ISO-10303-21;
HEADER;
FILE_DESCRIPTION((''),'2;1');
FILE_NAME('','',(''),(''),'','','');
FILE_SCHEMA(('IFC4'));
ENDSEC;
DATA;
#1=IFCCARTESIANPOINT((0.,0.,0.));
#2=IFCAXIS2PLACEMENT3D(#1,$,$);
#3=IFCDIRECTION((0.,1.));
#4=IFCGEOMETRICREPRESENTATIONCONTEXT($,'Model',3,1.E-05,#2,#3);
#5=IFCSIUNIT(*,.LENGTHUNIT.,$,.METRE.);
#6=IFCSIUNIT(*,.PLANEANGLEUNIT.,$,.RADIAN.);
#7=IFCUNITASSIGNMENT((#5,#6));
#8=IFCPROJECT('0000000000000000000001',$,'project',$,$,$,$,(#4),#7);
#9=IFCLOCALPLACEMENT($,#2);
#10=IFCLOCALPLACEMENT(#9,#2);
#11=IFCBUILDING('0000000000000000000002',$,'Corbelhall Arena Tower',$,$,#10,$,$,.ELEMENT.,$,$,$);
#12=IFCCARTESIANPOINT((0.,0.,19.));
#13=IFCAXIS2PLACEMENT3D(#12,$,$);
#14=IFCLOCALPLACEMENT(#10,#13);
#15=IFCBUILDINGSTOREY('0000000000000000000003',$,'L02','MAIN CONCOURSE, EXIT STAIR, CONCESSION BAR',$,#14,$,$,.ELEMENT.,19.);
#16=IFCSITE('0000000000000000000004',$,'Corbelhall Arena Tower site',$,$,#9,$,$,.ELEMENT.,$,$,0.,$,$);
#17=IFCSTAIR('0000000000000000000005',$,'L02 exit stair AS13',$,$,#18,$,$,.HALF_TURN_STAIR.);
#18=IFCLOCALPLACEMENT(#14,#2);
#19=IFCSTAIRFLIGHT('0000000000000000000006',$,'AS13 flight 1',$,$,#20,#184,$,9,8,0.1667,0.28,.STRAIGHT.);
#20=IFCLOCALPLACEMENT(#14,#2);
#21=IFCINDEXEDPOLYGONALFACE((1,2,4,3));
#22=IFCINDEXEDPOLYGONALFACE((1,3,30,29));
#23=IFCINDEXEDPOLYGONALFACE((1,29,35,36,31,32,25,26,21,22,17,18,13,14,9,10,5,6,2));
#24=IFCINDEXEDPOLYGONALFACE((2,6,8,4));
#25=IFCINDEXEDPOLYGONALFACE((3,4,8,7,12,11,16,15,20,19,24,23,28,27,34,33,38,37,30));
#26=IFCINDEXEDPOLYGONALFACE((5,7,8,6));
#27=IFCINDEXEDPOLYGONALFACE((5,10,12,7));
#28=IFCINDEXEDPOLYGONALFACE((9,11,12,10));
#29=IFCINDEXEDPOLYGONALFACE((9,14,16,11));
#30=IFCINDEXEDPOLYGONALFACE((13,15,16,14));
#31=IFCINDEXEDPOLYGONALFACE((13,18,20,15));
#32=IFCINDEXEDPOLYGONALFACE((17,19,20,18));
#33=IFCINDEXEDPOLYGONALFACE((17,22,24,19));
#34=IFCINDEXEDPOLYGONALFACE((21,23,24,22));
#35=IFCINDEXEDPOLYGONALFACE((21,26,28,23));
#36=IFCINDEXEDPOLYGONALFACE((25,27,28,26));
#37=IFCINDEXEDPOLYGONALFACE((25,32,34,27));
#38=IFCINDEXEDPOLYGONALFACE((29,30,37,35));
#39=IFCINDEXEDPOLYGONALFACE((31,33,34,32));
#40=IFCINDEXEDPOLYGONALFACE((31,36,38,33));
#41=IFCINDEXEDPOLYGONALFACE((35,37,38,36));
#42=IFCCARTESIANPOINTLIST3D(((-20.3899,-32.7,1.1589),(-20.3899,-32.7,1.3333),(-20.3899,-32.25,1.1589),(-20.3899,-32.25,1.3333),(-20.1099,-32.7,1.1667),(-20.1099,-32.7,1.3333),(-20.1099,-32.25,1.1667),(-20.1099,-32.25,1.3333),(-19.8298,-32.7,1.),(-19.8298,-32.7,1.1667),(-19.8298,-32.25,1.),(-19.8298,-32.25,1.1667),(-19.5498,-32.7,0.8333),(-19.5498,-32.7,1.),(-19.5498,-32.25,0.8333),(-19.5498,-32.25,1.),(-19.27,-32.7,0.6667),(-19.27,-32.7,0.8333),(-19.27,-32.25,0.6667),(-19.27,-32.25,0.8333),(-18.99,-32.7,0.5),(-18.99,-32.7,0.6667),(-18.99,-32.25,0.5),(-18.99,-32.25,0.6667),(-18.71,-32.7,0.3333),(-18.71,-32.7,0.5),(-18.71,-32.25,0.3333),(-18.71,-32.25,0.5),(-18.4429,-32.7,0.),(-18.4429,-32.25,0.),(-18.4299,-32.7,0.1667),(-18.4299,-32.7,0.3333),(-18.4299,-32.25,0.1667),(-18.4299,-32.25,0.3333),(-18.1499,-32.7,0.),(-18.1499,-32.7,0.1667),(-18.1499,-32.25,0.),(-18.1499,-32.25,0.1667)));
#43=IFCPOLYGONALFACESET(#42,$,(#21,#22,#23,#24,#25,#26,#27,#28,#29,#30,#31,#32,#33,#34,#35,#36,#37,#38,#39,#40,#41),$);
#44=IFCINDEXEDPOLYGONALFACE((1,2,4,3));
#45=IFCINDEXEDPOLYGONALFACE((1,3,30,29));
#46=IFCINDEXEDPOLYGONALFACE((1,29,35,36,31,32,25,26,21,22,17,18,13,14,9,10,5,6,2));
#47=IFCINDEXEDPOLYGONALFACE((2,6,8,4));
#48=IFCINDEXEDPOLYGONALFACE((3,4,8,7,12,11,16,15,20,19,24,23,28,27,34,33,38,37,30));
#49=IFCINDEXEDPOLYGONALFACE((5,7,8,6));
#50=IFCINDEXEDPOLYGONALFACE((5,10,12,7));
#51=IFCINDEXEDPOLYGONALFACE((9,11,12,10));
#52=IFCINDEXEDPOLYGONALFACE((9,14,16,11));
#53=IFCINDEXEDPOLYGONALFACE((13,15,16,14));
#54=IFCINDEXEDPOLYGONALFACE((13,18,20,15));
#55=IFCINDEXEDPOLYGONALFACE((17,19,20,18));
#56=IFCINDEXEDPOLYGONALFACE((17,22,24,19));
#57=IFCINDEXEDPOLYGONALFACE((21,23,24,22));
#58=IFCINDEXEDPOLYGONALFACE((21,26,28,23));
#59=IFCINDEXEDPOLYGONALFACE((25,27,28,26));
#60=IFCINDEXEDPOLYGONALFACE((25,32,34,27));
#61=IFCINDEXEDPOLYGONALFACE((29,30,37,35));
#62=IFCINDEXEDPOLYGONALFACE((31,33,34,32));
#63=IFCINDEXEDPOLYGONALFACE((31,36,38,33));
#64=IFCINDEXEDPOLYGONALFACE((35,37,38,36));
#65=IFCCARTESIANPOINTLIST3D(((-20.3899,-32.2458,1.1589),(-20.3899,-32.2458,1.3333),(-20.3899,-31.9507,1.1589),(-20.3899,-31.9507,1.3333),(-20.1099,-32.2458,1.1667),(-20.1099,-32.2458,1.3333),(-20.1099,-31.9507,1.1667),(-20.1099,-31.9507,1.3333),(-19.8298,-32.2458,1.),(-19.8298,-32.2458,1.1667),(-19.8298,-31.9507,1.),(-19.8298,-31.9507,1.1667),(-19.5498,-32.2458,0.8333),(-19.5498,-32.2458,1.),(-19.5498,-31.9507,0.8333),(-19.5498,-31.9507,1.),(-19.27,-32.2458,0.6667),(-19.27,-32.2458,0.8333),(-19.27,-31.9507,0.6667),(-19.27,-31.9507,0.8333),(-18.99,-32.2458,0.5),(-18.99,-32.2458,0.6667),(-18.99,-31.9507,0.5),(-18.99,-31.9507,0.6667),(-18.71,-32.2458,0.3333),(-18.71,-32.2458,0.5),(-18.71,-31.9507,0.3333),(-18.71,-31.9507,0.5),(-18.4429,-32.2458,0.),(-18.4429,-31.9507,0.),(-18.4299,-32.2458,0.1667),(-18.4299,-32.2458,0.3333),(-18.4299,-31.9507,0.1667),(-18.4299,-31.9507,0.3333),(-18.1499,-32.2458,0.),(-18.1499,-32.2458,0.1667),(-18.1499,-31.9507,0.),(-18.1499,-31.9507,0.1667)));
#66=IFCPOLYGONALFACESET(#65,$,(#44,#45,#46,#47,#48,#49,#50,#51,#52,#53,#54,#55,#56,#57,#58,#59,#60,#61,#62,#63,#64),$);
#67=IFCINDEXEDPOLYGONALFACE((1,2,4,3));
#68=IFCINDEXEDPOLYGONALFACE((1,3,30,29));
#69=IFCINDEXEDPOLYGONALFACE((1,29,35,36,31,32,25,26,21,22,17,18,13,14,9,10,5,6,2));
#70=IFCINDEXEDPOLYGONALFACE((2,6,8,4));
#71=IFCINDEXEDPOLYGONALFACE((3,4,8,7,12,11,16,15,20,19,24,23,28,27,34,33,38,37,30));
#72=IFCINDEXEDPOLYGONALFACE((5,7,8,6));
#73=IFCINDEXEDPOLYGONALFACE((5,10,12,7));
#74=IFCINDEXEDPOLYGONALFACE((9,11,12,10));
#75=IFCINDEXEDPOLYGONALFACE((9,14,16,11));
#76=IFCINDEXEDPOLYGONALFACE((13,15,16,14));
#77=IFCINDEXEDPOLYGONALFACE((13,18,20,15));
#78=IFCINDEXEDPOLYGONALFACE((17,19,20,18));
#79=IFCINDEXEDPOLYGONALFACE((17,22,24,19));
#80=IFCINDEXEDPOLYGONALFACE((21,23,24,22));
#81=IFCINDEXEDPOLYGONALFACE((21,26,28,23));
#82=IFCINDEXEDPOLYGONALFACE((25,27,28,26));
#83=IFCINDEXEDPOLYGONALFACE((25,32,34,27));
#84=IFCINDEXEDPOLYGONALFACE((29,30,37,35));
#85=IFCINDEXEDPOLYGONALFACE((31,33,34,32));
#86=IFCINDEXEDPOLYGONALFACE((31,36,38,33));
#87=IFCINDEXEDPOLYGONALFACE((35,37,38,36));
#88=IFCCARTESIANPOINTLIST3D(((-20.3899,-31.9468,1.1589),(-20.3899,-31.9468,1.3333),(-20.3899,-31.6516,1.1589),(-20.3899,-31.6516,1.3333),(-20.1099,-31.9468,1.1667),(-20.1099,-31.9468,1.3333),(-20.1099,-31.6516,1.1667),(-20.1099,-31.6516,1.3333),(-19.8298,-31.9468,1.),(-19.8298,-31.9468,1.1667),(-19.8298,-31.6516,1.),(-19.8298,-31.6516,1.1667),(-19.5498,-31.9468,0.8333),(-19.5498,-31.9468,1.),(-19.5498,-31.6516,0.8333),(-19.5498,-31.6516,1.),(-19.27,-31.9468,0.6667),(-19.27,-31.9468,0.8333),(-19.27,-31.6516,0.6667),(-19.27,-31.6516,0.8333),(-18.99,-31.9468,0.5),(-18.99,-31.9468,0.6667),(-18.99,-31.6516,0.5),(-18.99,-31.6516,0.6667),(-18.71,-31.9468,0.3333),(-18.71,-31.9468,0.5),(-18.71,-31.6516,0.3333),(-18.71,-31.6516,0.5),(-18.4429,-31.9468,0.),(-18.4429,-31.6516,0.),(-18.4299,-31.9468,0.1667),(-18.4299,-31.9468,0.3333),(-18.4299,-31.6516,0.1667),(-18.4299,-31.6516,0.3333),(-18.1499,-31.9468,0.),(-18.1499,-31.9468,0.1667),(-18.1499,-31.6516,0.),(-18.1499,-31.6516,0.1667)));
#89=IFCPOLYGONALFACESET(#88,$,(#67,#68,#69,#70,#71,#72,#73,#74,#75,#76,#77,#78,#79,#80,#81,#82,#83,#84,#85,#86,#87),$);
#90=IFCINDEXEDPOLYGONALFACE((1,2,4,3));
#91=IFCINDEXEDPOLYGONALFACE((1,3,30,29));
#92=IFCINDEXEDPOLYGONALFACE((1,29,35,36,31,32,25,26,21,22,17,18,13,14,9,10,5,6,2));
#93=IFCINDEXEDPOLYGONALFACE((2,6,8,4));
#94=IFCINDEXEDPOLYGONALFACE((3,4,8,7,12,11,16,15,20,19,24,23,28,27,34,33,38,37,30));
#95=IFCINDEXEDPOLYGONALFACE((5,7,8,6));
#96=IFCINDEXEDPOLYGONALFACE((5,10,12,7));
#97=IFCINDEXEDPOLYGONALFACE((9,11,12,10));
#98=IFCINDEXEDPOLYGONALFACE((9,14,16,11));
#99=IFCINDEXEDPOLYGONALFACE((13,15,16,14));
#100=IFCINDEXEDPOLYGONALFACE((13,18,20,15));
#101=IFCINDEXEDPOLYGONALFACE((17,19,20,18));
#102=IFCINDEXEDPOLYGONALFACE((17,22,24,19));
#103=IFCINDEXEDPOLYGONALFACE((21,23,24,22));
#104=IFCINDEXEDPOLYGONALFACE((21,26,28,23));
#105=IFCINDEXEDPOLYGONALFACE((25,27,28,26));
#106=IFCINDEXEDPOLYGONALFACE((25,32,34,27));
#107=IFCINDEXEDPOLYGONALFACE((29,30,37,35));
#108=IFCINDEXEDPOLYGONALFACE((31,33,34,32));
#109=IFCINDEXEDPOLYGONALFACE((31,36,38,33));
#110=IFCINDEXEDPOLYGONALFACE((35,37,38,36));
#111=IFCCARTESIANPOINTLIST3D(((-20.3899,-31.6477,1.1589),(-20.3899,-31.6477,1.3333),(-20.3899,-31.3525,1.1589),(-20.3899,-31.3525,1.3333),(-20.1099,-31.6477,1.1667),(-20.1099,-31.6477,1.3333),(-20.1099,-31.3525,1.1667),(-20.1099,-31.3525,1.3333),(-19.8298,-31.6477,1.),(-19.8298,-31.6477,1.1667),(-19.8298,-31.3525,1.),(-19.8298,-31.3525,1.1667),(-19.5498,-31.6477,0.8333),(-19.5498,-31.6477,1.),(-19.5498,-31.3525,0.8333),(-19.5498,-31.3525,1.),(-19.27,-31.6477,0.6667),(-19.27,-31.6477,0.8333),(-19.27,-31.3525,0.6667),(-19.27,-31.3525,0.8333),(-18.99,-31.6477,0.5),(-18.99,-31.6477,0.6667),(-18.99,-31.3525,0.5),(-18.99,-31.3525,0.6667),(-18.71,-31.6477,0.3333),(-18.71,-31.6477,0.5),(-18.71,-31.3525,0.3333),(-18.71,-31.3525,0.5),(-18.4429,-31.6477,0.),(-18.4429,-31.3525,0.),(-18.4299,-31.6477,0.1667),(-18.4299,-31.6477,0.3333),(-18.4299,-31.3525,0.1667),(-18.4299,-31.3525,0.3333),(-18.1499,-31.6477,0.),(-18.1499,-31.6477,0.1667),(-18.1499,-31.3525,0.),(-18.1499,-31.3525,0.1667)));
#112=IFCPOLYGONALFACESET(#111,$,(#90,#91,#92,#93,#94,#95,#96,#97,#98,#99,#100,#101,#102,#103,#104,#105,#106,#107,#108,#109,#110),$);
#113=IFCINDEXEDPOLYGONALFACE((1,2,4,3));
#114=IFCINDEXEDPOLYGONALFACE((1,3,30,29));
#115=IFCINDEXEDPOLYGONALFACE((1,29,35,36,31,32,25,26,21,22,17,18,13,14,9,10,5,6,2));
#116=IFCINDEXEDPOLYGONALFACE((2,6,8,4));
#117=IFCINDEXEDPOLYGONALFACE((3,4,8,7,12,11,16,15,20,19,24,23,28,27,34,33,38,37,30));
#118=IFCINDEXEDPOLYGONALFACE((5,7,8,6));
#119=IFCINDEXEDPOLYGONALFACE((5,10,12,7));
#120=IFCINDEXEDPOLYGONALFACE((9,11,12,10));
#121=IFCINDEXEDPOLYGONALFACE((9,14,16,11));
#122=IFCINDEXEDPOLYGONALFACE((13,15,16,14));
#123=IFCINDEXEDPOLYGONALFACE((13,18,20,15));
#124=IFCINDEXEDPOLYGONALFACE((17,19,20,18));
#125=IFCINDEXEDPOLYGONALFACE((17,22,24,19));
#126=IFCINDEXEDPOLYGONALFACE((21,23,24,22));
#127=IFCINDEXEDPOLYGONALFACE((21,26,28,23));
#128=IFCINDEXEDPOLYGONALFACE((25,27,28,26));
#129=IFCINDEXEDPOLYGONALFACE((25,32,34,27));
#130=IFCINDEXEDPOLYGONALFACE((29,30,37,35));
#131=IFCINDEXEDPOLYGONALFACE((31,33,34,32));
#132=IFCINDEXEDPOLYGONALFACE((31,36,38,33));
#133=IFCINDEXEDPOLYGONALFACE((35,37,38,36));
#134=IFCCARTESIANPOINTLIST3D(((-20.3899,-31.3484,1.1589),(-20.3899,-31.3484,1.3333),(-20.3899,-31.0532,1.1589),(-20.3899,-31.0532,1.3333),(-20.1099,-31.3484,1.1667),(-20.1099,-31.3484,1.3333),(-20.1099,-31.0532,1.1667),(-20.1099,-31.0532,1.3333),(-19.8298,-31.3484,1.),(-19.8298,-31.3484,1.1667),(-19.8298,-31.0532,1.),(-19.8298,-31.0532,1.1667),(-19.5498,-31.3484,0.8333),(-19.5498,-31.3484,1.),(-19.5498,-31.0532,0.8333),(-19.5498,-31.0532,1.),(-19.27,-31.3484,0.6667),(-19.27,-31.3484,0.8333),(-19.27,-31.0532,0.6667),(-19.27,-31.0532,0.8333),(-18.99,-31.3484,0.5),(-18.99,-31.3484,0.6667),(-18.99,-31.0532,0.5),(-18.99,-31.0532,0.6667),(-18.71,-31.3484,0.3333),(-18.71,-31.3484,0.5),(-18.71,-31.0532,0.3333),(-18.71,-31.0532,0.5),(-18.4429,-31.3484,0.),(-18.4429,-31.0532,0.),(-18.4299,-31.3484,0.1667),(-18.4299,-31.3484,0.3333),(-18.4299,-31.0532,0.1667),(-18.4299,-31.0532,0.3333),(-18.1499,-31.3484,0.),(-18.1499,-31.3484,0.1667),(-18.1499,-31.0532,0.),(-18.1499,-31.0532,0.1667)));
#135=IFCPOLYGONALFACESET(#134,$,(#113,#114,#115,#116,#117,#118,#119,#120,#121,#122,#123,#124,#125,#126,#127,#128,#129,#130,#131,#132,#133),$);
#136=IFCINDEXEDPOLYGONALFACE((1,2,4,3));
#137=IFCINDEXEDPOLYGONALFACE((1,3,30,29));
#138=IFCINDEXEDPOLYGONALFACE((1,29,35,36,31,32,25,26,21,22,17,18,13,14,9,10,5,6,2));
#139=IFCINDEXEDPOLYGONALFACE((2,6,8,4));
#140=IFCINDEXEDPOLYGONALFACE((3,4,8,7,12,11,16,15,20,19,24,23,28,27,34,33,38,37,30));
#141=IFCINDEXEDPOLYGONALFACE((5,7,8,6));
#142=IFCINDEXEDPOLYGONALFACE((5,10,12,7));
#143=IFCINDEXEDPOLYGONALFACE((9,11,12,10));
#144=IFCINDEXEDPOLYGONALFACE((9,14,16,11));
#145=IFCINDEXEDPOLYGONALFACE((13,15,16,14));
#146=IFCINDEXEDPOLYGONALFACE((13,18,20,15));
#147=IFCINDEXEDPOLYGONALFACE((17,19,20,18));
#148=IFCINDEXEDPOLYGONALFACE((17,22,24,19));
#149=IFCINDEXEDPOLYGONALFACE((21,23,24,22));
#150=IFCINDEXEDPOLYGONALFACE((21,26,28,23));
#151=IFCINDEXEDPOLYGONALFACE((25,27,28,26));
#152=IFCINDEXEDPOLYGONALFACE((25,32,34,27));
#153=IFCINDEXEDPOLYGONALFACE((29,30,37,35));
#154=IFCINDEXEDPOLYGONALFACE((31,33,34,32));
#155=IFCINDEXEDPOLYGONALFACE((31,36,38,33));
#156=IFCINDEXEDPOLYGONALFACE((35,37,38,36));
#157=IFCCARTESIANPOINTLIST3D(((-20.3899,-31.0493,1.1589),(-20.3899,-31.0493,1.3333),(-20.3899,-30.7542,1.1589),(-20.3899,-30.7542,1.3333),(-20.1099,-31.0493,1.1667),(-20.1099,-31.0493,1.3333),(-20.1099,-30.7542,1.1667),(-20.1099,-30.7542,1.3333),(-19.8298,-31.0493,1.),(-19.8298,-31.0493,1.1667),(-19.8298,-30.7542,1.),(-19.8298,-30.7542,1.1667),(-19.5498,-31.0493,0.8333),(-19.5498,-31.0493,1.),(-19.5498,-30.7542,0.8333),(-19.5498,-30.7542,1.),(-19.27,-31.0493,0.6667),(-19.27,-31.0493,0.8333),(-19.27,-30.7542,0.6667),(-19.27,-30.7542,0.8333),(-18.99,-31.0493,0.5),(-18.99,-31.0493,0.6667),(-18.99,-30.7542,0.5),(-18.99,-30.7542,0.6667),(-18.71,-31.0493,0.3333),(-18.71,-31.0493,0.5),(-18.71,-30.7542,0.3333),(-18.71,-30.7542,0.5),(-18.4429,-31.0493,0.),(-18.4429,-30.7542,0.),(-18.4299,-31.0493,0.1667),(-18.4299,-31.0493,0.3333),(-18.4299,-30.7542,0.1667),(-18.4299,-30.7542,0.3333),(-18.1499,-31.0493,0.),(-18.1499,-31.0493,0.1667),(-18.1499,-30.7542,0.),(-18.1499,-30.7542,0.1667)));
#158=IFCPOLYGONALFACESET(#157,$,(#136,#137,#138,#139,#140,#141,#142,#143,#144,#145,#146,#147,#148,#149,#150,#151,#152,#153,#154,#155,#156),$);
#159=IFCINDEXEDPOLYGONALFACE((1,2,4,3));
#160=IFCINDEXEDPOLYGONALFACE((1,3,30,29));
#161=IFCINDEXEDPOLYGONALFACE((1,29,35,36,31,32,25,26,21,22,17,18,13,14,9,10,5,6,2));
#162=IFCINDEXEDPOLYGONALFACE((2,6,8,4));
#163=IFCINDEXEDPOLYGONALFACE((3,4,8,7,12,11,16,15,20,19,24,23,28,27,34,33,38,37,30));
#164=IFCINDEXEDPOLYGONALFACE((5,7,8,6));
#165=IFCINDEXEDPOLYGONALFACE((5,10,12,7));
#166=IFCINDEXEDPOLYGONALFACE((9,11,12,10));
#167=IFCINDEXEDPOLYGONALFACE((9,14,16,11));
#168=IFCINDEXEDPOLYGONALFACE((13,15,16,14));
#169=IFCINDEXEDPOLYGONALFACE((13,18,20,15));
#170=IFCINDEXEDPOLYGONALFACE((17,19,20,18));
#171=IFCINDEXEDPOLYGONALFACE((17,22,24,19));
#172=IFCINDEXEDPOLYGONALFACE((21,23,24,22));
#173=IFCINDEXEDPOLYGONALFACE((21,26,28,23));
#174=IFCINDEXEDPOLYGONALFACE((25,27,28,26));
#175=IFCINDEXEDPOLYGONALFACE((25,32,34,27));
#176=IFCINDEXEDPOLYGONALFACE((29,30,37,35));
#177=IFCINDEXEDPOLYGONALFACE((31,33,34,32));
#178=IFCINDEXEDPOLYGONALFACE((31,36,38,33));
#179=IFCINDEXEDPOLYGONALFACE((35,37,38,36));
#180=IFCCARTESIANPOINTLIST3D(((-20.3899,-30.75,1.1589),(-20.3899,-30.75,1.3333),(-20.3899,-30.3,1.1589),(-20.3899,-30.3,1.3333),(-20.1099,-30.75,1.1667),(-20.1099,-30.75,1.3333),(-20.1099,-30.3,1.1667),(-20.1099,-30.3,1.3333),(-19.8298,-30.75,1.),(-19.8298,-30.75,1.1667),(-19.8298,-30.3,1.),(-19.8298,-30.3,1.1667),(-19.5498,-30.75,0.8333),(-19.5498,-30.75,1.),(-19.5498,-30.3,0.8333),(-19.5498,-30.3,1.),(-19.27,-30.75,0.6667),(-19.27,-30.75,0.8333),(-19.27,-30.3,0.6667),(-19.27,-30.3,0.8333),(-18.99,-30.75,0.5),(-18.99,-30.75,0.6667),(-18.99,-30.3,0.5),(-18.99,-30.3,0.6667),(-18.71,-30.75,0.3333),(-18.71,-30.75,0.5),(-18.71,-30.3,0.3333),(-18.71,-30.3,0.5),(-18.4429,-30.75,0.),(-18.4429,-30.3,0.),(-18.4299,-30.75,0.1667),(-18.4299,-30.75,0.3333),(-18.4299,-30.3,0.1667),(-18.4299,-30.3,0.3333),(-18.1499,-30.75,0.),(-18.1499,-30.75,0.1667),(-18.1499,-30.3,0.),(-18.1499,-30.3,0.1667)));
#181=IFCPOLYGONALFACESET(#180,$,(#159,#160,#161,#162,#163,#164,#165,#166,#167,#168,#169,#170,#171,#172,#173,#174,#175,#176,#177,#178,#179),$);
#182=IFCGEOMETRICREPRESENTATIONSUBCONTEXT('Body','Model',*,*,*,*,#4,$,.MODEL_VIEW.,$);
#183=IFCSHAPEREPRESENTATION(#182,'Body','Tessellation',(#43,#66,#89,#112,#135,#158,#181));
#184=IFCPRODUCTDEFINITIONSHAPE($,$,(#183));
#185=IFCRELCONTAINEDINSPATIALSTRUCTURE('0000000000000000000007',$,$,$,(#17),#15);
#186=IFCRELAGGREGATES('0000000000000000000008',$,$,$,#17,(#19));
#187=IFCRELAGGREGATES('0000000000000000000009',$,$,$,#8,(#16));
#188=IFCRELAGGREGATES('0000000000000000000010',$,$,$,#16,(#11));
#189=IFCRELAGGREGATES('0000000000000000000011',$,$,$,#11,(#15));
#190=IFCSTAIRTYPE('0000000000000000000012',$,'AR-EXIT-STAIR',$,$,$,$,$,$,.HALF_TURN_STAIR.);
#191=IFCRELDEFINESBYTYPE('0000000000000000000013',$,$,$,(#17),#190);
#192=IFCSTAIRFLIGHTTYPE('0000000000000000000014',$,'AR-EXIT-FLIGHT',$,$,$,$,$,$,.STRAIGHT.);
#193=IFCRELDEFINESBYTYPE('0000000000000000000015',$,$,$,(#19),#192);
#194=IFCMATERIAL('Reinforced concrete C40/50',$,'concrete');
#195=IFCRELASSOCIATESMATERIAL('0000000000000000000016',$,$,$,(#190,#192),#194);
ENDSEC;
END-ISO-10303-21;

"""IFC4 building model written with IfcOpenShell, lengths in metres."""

from ifc_helpers import new_model, si_unit, direction, frame, origin, place, context, subcontext, project, spatial, polyline, outline, extrude, material, type_object, element, aggregate, save


model = new_model("IFC4")

# Units and contexts
model_context = context("Model", 3, precision=1e-05, world=origin(), true_north=direction((0.0, 1.0)))
body_context = subcontext(model_context, "Body", "Model", "MODEL_VIEW")
ifc_project = project(units=[si_unit("LENGTHUNIT", "METRE"), si_unit("PLANEANGLEUNIT", "RADIAN")], contexts=[model_context])

# Site, building, storey
site_placement = place(None, origin())
site = spatial("IfcSite", under=ifc_project, at=site_placement, Name="Corbelhall Arena Tower site", CompositionType="ELEMENT", RefElevation=0.0)
building_placement = place(site_placement, origin())
building = spatial("IfcBuilding", under=site, at=building_placement, Name="Corbelhall Arena Tower", CompositionType="ELEMENT")
storey_placement = place(building_placement, frame((0.0, 0.0, 19.0)))
storey = spatial("IfcBuildingStorey", under=building, at=storey_placement, Name="L02", Description="MAIN CONCOURSE, EXIT STAIR, CONCESSION BAR", CompositionType="ELEMENT", Elevation=19.0)

# Shared definitions
ifc_material_1 = material(Name="Reinforced concrete C40/50", Category="concrete")

# Stair, stair flight
stair_type = type_object("IfcStairType", Name="AR-EXIT-STAIR", PredefinedType="HALF_TURN_STAIR", material=ifc_material_1)
stair_1_placement = place(storey_placement, origin())
stair_1 = element("IfcStair", 1, at=stair_1_placement, inside=storey, type_object=stair_type, Name="L02 exit stair AS13", PredefinedType="HALF_TURN_STAIR")
stair_flight_type = type_object("IfcStairFlightType", Name="AR-EXIT-FLIGHT", PredefinedType="STRAIGHT", material=ifc_material_1)
stair_flight_1_placement = place(storey_placement, frame((-18.1499, -31.5, 0.0), z_axis=(0.0, 0.0, 1.0), x_axis=(-1.0, 0.0, 0.0)))
stair_flight_1 = element("IfcStairFlight", 2, at=stair_flight_1_placement, type_object=stair_flight_type, Name="AS13 flight 1", NumberOfRisers=9, NumberOfTreads=8, PredefinedType="STRAIGHT", RiserHeight=0.1667, TreadLength=0.28, context=body_context, shape_type="SweptSolid", body=[
    extrude(outline(polyline([(0.0, 0.0), (0.0, 0.1667), (0.28, 0.1667), (0.28, 0.3333), (0.5601, 0.3333), (0.5601, 0.5), (0.8401, 0.5), (0.8401, 0.6667), (1.1201, 0.6667), (1.1201, 0.8333), (1.3999, 0.8333), (1.3999, 1.0), (1.6799, 1.0), (1.6799, 1.1667), (1.96, 1.1667), (1.96, 1.3333), (2.24, 1.3333), (2.24, 1.5), (2.24, 1.1589), (0.293, 0.0), (0.0, 0.0)])), frame((0.0, 1.2, 0.0), z_axis=(0.0, -1.0, 0.0), x_axis=(1.0, 0.0, 0.0)), (0.0, 0.0, 1.0), 0.45),
    extrude(outline(polyline([(0.0, 0.0), (0.0, 0.1667), (0.28, 0.1667), (0.28, 0.3333), (0.5601, 0.3333), (0.5601, 0.5), (0.8401, 0.5), (0.8401, 0.6667), (1.1201, 0.6667), (1.1201, 0.8333), (1.3999, 0.8333), (1.3999, 1.0), (1.6799, 1.0), (1.6799, 1.1667), (1.96, 1.1667), (1.96, 1.3333), (2.24, 1.3333), (2.24, 1.5), (2.24, 1.1589), (0.293, 0.0), (0.0, 0.0)])), frame((0.0, 0.7458, 0.0), z_axis=(0.0, -1.0, 0.0), x_axis=(1.0, 0.0, 0.0)), (0.0, 0.0, 1.0), 0.2952),
    extrude(outline(polyline([(0.0, 0.0), (0.0, 0.1667), (0.28, 0.1667), (0.28, 0.3333), (0.5601, 0.3333), (0.5601, 0.5), (0.8401, 0.5), (0.8401, 0.6667), (1.1201, 0.6667), (1.1201, 0.8333), (1.3999, 0.8333), (1.3999, 1.0), (1.6799, 1.0), (1.6799, 1.1667), (1.96, 1.1667), (1.96, 1.3333), (2.24, 1.3333), (2.24, 1.5), (2.24, 1.1589), (0.293, 0.0), (0.0, 0.0)])), frame((0.0, 0.4468, 0.0), z_axis=(0.0, -1.0, 0.0), x_axis=(1.0, 0.0, 0.0)), (0.0, 0.0, 1.0), 0.2952),
    extrude(outline(polyline([(0.0, 0.0), (0.0, 0.1667), (0.28, 0.1667), (0.28, 0.3333), (0.5601, 0.3333), (0.5601, 0.5), (0.8401, 0.5), (0.8401, 0.6667), (1.1201, 0.6667), (1.1201, 0.8333), (1.3999, 0.8333), (1.3999, 1.0), (1.6799, 1.0), (1.6799, 1.1667), (1.96, 1.1667), (1.96, 1.3333), (2.24, 1.3333), (2.24, 1.5), (2.24, 1.1589), (0.293, 0.0), (0.0, 0.0)])), frame((0.0, 0.1477, 0.0), z_axis=(0.0, -1.0, 0.0), x_axis=(1.0, 0.0, 0.0)), (0.0, 0.0, 1.0), 0.2952),
    extrude(outline(polyline([(0.0, 0.0), (0.0, 0.1667), (0.28, 0.1667), (0.28, 0.3333), (0.5601, 0.3333), (0.5601, 0.5), (0.8401, 0.5), (0.8401, 0.6667), (1.1201, 0.6667), (1.1201, 0.8333), (1.3999, 0.8333), (1.3999, 1.0), (1.6799, 1.0), (1.6799, 1.1667), (1.96, 1.1667), (1.96, 1.3333), (2.24, 1.3333), (2.24, 1.5), (2.24, 1.1589), (0.293, 0.0), (0.0, 0.0)])), frame((0.0, -0.1516, 0.0), z_axis=(0.0, -1.0, 0.0), x_axis=(1.0, 0.0, 0.0)), (0.0, 0.0, 1.0), 0.2952),
    extrude(outline(polyline([(0.0, 0.0), (0.0, 0.1667), (0.28, 0.1667), (0.28, 0.3333), (0.5601, 0.3333), (0.5601, 0.5), (0.8401, 0.5), (0.8401, 0.6667), (1.1201, 0.6667), (1.1201, 0.8333), (1.3999, 0.8333), (1.3999, 1.0), (1.6799, 1.0), (1.6799, 1.1667), (1.96, 1.1667), (1.96, 1.3333), (2.24, 1.3333), (2.24, 1.5), (2.24, 1.1589), (0.293, 0.0), (0.0, 0.0)])), frame((0.0, -0.4507, 0.0), z_axis=(0.0, -1.0, 0.0), x_axis=(1.0, 0.0, 0.0)), (0.0, 0.0, 1.0), 0.2952),
    extrude(outline(polyline([(0.0, 0.0), (0.0, 0.1667), (0.28, 0.1667), (0.28, 0.3333), (0.5601, 0.3333), (0.5601, 0.5), (0.8401, 0.5), (0.8401, 0.6667), (1.1201, 0.6667), (1.1201, 0.8333), (1.3999, 0.8333), (1.3999, 1.0), (1.6799, 1.0), (1.6799, 1.1667), (1.96, 1.1667), (1.96, 1.3333), (2.24, 1.3333), (2.24, 1.5), (2.24, 1.1589), (0.293, 0.0), (0.0, 0.0)])), frame((0.0, -0.75, 0.0), z_axis=(0.0, -1.0, 0.0), x_axis=(1.0, 0.0, 0.0)), (0.0, 0.0, 1.0), 0.45),
])
aggregate(stair_1, [stair_flight_1])

save(model, "model.ifc")
